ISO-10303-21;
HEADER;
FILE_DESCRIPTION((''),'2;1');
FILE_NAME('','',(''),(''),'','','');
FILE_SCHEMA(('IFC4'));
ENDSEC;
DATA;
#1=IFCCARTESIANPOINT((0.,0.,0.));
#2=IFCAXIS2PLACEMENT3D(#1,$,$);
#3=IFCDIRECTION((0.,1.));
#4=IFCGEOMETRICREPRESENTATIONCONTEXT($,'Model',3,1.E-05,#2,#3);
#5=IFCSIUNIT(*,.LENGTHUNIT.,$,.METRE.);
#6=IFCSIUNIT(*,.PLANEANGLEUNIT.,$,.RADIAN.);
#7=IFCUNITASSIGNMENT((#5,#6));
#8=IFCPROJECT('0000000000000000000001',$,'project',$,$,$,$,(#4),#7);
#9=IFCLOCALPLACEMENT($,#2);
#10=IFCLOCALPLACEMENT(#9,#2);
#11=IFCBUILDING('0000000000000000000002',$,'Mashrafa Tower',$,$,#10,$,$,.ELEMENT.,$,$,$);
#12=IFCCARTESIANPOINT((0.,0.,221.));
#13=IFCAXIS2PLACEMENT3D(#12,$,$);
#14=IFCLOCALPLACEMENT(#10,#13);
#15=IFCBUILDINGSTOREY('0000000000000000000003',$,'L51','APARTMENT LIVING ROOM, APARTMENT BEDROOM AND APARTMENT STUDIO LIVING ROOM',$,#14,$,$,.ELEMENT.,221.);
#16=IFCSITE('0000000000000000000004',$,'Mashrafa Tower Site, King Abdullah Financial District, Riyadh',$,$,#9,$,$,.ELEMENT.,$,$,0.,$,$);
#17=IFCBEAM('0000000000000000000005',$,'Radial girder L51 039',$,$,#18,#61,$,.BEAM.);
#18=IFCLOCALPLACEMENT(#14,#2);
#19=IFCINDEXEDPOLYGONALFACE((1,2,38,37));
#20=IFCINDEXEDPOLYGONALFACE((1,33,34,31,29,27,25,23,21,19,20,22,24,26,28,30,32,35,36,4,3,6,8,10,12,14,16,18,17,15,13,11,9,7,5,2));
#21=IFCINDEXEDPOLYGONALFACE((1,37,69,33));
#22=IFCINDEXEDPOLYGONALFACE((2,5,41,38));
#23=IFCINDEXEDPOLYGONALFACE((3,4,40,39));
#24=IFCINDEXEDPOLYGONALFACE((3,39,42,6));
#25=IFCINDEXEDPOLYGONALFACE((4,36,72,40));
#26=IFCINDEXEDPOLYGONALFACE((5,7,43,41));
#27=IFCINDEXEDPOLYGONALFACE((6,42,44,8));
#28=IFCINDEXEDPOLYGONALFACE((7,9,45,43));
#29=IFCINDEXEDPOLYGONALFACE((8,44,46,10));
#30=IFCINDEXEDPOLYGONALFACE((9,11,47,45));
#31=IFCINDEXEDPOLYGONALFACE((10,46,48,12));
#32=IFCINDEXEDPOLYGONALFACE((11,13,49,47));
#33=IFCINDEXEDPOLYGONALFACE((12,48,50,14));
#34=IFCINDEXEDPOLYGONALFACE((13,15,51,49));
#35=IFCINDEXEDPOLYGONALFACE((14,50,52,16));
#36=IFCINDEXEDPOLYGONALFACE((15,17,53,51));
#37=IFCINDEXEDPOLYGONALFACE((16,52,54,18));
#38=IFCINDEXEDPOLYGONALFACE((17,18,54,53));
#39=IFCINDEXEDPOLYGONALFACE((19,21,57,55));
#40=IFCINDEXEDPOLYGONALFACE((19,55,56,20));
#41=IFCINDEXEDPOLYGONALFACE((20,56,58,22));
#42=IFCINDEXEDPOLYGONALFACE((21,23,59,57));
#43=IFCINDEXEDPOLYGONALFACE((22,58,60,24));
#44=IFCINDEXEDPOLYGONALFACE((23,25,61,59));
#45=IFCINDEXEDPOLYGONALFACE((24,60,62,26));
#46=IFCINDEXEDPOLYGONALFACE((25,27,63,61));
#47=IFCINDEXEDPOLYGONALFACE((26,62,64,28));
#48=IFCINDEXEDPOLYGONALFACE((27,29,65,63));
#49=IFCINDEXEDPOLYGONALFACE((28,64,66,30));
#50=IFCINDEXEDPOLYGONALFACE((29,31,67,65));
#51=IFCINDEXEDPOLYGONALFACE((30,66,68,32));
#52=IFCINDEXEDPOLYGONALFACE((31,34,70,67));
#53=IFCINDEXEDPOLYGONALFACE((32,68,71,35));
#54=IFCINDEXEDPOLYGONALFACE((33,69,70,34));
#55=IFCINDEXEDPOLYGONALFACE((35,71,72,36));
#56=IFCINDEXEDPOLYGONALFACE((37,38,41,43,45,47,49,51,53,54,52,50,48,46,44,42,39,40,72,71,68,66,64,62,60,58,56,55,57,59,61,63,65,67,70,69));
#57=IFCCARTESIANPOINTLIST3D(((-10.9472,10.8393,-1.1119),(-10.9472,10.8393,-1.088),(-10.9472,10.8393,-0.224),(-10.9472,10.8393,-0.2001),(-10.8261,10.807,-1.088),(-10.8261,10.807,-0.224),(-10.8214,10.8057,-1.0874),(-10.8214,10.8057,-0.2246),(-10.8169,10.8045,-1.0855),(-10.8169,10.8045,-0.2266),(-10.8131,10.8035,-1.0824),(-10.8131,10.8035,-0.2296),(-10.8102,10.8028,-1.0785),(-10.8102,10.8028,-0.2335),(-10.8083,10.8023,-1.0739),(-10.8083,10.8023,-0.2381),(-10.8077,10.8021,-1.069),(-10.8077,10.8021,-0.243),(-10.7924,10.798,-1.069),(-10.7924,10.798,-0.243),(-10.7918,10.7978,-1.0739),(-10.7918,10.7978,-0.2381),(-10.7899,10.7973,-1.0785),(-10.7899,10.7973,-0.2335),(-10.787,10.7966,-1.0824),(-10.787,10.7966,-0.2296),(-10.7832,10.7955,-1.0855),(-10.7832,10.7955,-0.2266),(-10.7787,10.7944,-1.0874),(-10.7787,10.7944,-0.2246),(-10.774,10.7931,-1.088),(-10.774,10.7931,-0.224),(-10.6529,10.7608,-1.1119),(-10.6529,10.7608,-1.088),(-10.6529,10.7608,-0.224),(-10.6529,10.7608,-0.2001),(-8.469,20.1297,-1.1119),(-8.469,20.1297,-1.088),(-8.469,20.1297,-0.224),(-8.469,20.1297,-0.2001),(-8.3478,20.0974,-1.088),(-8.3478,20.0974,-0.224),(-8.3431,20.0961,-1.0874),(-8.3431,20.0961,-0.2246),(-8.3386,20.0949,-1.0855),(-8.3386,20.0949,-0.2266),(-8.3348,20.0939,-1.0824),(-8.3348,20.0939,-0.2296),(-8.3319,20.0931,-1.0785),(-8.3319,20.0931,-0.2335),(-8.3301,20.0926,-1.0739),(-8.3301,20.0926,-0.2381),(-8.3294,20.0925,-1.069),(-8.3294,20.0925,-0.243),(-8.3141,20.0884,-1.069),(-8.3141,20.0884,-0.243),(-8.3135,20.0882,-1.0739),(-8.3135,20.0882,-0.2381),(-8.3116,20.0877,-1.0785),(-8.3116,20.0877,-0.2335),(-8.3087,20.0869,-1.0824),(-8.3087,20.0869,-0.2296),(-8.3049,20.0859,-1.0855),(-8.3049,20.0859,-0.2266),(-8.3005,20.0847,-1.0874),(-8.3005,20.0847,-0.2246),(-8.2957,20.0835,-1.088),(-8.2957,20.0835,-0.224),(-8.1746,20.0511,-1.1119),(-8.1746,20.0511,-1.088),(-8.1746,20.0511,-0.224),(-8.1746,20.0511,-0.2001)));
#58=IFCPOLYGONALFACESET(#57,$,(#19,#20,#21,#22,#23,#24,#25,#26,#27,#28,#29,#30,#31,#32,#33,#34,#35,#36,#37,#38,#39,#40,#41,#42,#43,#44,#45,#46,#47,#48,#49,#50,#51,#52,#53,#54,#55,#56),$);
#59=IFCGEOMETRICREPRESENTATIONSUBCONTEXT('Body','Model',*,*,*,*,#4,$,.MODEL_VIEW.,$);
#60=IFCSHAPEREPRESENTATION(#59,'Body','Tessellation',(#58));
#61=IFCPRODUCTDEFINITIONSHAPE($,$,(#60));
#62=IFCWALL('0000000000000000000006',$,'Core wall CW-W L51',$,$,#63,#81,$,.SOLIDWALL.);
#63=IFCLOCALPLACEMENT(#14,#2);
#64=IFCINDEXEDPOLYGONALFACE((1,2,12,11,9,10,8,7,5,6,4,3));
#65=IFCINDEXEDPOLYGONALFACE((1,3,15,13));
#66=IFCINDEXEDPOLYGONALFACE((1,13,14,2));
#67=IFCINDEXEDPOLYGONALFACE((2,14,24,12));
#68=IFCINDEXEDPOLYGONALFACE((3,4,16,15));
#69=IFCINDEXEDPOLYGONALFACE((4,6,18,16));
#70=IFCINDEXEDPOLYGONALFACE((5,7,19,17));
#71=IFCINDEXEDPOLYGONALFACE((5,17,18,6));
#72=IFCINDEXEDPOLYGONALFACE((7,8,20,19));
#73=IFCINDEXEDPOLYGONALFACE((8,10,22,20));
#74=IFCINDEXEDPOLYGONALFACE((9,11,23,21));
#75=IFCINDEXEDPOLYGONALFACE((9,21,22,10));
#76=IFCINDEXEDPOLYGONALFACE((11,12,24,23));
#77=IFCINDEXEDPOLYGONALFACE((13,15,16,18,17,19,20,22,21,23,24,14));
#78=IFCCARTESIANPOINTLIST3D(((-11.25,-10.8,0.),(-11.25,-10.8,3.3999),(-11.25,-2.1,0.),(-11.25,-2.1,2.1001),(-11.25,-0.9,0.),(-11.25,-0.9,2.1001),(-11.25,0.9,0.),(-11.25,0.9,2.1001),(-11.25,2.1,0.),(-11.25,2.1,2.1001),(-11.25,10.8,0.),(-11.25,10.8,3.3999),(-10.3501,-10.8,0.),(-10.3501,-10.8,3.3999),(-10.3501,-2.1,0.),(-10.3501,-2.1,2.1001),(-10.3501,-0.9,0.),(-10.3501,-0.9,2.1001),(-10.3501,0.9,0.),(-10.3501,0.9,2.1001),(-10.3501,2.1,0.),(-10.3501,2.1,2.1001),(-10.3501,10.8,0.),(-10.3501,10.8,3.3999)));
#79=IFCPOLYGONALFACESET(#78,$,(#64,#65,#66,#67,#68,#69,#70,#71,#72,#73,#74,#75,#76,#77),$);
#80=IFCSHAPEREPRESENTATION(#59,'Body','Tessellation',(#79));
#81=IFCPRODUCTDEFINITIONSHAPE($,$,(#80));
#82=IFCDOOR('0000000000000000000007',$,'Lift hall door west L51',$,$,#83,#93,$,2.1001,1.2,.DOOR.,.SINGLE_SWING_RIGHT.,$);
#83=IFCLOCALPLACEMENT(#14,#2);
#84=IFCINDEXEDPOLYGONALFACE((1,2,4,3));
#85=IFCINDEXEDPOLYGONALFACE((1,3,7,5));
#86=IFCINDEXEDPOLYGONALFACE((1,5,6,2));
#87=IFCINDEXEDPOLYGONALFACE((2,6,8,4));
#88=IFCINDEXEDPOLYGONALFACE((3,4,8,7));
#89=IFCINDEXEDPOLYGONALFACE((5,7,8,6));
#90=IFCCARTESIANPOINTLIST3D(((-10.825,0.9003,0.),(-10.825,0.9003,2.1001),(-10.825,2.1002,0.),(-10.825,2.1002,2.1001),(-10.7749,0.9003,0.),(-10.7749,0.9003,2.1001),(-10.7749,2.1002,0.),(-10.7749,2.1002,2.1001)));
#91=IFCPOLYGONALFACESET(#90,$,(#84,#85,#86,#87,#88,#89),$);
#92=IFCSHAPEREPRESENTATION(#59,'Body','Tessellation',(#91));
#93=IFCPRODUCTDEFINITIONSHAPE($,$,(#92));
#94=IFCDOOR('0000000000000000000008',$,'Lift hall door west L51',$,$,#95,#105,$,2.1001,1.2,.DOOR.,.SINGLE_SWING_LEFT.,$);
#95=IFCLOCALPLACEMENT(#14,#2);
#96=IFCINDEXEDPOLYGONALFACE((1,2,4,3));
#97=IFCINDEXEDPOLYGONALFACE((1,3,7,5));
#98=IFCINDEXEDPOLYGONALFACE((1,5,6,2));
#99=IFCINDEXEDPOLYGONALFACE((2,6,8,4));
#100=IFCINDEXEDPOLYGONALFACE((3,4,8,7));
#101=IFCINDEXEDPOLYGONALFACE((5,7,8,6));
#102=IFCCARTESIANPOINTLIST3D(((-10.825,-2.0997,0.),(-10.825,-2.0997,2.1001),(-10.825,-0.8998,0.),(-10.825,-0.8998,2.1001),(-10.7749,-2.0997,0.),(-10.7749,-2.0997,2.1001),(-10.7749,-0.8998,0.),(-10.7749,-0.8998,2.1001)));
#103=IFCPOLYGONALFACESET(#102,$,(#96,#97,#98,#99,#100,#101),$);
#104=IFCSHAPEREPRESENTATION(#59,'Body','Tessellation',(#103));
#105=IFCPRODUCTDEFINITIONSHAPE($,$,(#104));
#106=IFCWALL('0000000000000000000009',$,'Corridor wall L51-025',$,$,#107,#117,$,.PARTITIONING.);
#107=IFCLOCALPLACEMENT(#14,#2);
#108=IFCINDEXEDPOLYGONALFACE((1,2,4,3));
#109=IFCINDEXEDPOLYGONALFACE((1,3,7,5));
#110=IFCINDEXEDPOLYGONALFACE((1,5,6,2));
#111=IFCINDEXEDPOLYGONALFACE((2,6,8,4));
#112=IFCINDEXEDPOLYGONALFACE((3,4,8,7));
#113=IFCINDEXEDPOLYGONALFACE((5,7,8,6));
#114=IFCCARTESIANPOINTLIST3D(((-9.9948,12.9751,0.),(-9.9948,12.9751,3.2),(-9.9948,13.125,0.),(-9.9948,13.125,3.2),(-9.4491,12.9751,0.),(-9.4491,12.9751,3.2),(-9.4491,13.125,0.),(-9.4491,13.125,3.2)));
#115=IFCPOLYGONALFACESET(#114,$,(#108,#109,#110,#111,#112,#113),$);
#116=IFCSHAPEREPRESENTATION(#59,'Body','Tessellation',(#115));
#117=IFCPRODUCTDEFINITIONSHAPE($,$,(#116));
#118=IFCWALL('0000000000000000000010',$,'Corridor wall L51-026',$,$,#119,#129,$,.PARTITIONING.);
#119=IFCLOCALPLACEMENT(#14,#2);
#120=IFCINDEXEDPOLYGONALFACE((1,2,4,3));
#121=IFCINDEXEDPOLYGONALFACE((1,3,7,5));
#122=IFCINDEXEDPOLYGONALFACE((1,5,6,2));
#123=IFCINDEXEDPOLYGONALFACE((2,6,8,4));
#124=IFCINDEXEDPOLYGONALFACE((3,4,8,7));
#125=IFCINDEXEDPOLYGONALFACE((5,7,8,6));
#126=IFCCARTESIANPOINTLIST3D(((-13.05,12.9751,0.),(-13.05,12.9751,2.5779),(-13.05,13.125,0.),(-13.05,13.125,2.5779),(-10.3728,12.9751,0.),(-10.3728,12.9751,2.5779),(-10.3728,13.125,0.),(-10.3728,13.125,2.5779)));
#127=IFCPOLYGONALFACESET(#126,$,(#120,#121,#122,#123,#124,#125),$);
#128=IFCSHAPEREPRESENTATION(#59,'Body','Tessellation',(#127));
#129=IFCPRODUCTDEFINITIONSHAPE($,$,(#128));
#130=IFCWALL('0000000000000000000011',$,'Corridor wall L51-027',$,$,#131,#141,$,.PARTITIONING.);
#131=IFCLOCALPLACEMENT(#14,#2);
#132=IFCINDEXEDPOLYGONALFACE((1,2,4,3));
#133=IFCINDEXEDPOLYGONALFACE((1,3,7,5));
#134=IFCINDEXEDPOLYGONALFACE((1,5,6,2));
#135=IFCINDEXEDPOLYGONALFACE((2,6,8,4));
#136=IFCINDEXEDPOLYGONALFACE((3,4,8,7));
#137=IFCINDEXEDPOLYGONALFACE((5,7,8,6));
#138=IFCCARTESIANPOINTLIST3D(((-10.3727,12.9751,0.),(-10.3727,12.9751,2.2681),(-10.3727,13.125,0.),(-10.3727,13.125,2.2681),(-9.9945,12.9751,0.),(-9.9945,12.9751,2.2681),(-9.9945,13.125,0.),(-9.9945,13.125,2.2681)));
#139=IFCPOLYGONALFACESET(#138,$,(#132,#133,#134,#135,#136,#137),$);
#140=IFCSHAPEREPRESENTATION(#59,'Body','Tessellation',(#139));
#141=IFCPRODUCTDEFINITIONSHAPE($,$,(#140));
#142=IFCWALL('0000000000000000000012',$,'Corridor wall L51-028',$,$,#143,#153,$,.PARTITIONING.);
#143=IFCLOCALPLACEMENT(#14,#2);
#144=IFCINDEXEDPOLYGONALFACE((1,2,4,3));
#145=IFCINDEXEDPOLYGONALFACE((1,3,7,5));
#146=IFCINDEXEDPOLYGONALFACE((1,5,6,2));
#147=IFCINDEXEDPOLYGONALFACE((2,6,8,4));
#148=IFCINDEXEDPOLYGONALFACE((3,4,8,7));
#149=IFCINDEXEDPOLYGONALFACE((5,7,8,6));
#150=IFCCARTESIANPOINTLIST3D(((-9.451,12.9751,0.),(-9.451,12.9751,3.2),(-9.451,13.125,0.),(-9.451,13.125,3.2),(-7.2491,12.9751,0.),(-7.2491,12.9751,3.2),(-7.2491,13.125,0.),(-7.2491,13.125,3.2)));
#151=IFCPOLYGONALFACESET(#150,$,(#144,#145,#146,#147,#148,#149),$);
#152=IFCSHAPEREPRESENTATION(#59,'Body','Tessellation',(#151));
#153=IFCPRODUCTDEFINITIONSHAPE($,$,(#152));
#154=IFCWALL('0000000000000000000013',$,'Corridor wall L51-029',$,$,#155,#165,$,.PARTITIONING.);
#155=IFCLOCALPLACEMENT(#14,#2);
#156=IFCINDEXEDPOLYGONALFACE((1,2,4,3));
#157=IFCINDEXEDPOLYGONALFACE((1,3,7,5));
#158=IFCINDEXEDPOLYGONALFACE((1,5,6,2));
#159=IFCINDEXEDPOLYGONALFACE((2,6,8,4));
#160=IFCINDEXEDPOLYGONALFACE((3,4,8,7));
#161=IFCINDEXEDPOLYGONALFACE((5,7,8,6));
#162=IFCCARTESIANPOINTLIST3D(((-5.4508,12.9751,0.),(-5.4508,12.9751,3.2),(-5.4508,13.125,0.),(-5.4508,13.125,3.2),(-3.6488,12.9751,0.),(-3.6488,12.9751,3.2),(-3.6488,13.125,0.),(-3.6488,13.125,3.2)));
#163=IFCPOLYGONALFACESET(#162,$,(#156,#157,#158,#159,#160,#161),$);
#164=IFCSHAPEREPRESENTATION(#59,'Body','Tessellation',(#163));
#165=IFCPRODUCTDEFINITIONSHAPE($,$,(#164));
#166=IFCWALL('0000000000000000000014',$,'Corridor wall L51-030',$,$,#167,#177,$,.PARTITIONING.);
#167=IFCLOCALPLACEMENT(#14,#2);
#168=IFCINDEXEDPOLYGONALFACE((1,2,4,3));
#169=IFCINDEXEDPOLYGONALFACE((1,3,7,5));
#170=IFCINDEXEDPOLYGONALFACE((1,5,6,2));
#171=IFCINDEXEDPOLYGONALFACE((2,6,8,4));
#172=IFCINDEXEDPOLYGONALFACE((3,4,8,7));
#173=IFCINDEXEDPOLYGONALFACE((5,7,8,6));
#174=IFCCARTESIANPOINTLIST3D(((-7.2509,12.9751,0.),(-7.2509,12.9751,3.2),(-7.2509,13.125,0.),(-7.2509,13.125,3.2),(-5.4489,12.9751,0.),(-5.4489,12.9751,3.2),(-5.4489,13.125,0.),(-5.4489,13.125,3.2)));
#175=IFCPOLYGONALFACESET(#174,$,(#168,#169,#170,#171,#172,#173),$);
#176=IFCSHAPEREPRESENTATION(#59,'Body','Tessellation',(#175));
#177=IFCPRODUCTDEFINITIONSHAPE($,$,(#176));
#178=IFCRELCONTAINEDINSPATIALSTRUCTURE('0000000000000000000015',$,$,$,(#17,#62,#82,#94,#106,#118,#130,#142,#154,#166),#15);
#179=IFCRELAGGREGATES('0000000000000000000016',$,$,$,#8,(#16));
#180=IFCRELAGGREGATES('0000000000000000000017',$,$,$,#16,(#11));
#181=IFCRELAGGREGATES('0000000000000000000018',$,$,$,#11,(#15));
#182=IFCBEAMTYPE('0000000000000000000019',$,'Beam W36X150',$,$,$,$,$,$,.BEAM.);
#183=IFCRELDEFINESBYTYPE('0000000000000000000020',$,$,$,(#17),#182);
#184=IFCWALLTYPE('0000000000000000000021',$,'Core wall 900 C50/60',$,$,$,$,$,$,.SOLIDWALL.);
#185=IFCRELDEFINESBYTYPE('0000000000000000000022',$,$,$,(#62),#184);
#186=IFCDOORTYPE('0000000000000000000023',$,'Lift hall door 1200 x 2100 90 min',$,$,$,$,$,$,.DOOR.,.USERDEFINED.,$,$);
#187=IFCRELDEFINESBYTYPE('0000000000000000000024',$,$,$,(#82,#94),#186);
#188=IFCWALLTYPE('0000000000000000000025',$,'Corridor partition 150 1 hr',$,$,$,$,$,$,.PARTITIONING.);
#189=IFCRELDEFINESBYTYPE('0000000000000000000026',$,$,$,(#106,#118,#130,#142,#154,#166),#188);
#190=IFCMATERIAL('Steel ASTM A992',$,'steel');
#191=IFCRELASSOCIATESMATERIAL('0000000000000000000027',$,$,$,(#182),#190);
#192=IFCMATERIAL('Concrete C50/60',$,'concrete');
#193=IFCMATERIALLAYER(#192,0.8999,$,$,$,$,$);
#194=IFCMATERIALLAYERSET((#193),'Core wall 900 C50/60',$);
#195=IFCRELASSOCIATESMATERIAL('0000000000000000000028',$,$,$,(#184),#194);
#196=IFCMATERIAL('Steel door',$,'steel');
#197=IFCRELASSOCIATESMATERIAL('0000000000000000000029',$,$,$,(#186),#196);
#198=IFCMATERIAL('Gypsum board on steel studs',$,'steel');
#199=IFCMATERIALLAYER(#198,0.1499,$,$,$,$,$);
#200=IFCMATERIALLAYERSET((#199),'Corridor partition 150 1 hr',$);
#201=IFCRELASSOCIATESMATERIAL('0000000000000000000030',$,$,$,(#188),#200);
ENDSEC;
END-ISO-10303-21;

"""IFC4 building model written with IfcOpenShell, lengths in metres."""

from ifc_helpers import new_model, si_unit, direction, frame, frame_2d, origin, origin_2d, place, context, subcontext, project, spatial, rectangle, i_section, extrude, material, layer, layer_set, material_profile, profile_set, type_object, element, fill, save


model = new_model("IFC4")

# Units and contexts
model_context = context("Model", 3, precision=1e-05, world=origin(), true_north=direction((0.0, 1.0)))
body_context = subcontext(model_context, "Body", "Model", "MODEL_VIEW")
ifc_project = project(units=[si_unit("LENGTHUNIT", "METRE"), si_unit("PLANEANGLEUNIT", "RADIAN")], contexts=[model_context])

# Site, building, storey
site_placement = place(None, origin())
site = spatial("IfcSite", under=ifc_project, at=site_placement, Name="Mashrafa Tower Site, King Abdullah Financial District, Riyadh", CompositionType="ELEMENT", RefElevation=0.0)
building_placement = place(site_placement, origin())
building = spatial("IfcBuilding", under=site, at=building_placement, Name="Mashrafa Tower", CompositionType="ELEMENT")
storey_placement = place(building_placement, frame((0.0, 0.0, 221.0)))
storey = spatial("IfcBuildingStorey", under=building, at=storey_placement, Name="L51", Description="APARTMENT LIVING ROOM, APARTMENT BEDROOM AND APARTMENT STUDIO LIVING ROOM", CompositionType="ELEMENT", Elevation=221.0)

# Beam
ifc_material_1 = material(Name="Steel ASTM A992", Category="steel")
ifc_material_profile_1 = material_profile(ifc_material_1, i_section(OverallWidth=0.3047, OverallDepth=0.9119, WebThickness=0.0159, FlangeThickness=0.0239, FilletRadius=0.019, at=origin_2d()), Name="W36X150")
ifc_profile_set_1 = profile_set([ifc_material_profile_1], Name="Steel ASTM A992")
beam_type_1 = type_object("IfcBeamType", Name="Beam W36X150", PredefinedType="BEAM", material=ifc_profile_set_1)
for number, where, z_axis, x_axis, name in (
    (1, (-10.8, 10.8, -0.656), (0.257746, 0.966213, 0.0), (-0.966213, 0.257746, 0.0), "Radial girder L51 039"),
):
    element("IfcBeam", number, at=place(storey_placement, frame(where, z_axis=z_axis, x_axis=x_axis)), inside=storey, type_object=beam_type_1, Name=name, PredefinedType="BEAM", context=body_context, shape_type="SweptSolid", body=[
        extrude(i_section(OverallWidth=0.3047, OverallDepth=0.9119, WebThickness=0.0159, FlangeThickness=0.0239, FilletRadius=0.019, at=origin_2d()), origin(), (0.0, 0.0, 1.0), 9.6152),
    ])

# Wall, openings, doors
ifc_material_2 = material(Name="Concrete C50/60", Category="concrete")
ifc_layer_1 = layer(ifc_material_2, 0.8999)
ifc_layer_set_1 = layer_set([ifc_layer_1], Name="Core wall 900 C50/60")
wall_type_1 = type_object("IfcWallType", Name="Core wall 900 C50/60", PredefinedType="SOLIDWALL", material=ifc_layer_set_1)
wall_1_placement = place(storey_placement, frame((-10.8, 10.8, 0.0), z_axis=(0.0, 0.0, 1.0), x_axis=(0.0, -1.0, 0.0)))
wall_1 = element("IfcWall", 2, at=wall_1_placement, inside=storey, type_object=wall_type_1, Name="Core wall CW-W L51", PredefinedType="SOLIDWALL", context=body_context, shape_type="SweptSolid", body=[
    extrude(rectangle(XDim=21.6001, YDim=0.8999, at=frame_2d((10.8, 0.0))), origin(), (0.0, 0.0, 1.0), 3.3999),
])
opening_1_placement = place(wall_1_placement, frame((8.7, 0.0, 0.0)))
opening_1 = element("IfcOpeningElement", 3, at=opening_1_placement, cuts=wall_1, PredefinedType="OPENING", context=body_context, shape_type="SweptSolid", body=[
    extrude(rectangle(XDim=1.2, YDim=2.1001, at=frame_2d((0.6001, 1.05))), frame((0.0, 0.46, 0.0), z_axis=(0.0, -1.0, 0.0), x_axis=(1.0, 0.0, 0.0)), (0.0, 0.0, 1.0), 0.9199),
])
opening_2_placement = place(wall_1_placement, frame((11.7, 0.0, 0.0)))
opening_2 = element("IfcOpeningElement", 4, at=opening_2_placement, cuts=wall_1, PredefinedType="OPENING", context=body_context, shape_type="SweptSolid", body=[
    extrude(rectangle(XDim=1.2, YDim=2.1001, at=frame_2d((0.6001, 1.05))), frame((0.0, 0.46, 0.0), z_axis=(0.0, -1.0, 0.0), x_axis=(1.0, 0.0, 0.0)), (0.0, 0.0, 1.0), 0.9199),
])
ifc_material_3 = material(Name="Steel door", Category="steel")
door_type_1 = type_object("IfcDoorType", Name="Lift hall door 1200 x 2100 90 min", OperationType="USERDEFINED", PredefinedType="DOOR", material=ifc_material_3)
door_1_placement = place(opening_1_placement, frame((1.2, 0.0, 0.0), z_axis=(0.0, 0.0, 1.0), x_axis=(-1.0, 0.0, 0.0)))
door_1 = element("IfcDoor", 5, at=door_1_placement, inside=storey, type_object=door_type_1, Name="Lift hall door west L51", OperationType="SINGLE_SWING_RIGHT", OverallHeight=2.1001, OverallWidth=1.2, PredefinedType="DOOR", context=body_context, shape_type="SweptSolid", body=[
    extrude(rectangle(XDim=1.2, YDim=2.1001, at=frame_2d((0.6001, 1.05))), frame((0.0, 0.0249, 0.0), z_axis=(0.0, -1.0, 0.0), x_axis=(1.0, 0.0, 0.0)), (0.0, 0.0, 1.0), 0.05),
])
fill(opening_1, door_1)
door_2_placement = place(opening_2_placement, frame((1.2, 0.0, 0.0), z_axis=(0.0, 0.0, 1.0), x_axis=(-1.0, 0.0, 0.0)))
door_2 = element("IfcDoor", 6, at=door_2_placement, inside=storey, type_object=door_type_1, Name="Lift hall door west L51", OperationType="SINGLE_SWING_LEFT", OverallHeight=2.1001, OverallWidth=1.2, PredefinedType="DOOR", context=body_context, shape_type="SweptSolid", body=[
    extrude(rectangle(XDim=1.2, YDim=2.1001, at=frame_2d((0.6001, 1.05))), frame((0.0, 0.0249, 0.0), z_axis=(0.0, -1.0, 0.0), x_axis=(1.0, 0.0, 0.0)), (0.0, 0.0, 1.0), 0.05),
])
fill(opening_2, door_2)

# Walls
ifc_material_4 = material(Name="Gypsum board on steel studs", Category="steel")
ifc_layer_2 = layer(ifc_material_4, 0.1499)
ifc_layer_set_2 = layer_set([ifc_layer_2], Name="Corridor partition 150 1 hr")
wall_type_2 = type_object("IfcWallType", Name="Corridor partition 150 1 hr", PredefinedType="PARTITIONING", material=ifc_layer_set_2)
wall_2_placement = place(storey_placement, frame((-9.449, 13.05, 0.0), z_axis=(0.0, 0.0, 1.0), x_axis=(-1.0, 0.0, 0.0)))
element("IfcWall", 7, at=wall_2_placement, inside=storey, type_object=wall_type_2, Name="Corridor wall L51-025", PredefinedType="PARTITIONING", context=body_context, shape_type="SweptSolid", body=[
    extrude(rectangle(XDim=0.5457, YDim=0.1499, at=frame_2d((0.2729, 0.0))), origin(), (0.0, 0.0, 1.0), 3.2),
])
wall_3_placement = place(storey_placement, frame((-10.3728, 13.05, 0.0), z_axis=(0.0, 0.0, 1.0), x_axis=(-1.0, 0.0, 0.0)))
element("IfcWall", 8, at=wall_3_placement, inside=storey, type_object=wall_type_2, Name="Corridor wall L51-026", PredefinedType="PARTITIONING", context=body_context, shape_type="SweptSolid", body=[
    extrude(rectangle(XDim=2.6772, YDim=0.1499, at=frame_2d((1.3386, 0.0))), origin(), (0.0, 0.0, 1.0), 2.5779),
])
wall_4_placement = place(storey_placement, frame((-9.9946, 13.05, 0.0), z_axis=(0.0, 0.0, 1.0), x_axis=(-1.0, 0.0, 0.0)))
element("IfcWall", 9, at=wall_4_placement, inside=storey, type_object=wall_type_2, Name="Corridor wall L51-027", PredefinedType="PARTITIONING", context=body_context, shape_type="SweptSolid", body=[
    extrude(rectangle(XDim=0.3782, YDim=0.1499, at=frame_2d((0.189, 0.0))), origin(), (0.0, 0.0, 1.0), 2.2681),
])
wall_5_placement = place(storey_placement, frame((-7.249, 13.05, 0.0), z_axis=(0.0, 0.0, 1.0), x_axis=(-1.0, 0.0, 0.0)))
element("IfcWall", 10, at=wall_5_placement, inside=storey, type_object=wall_type_2, Name="Corridor wall L51-028", PredefinedType="PARTITIONING", context=body_context, shape_type="SweptSolid", body=[
    extrude(rectangle(XDim=2.2019, YDim=0.1499, at=frame_2d((1.1011, 0.0))), origin(), (0.0, 0.0, 1.0), 3.2),
])
for number, where, z_axis, x_axis, name in (
    (11, (-3.6489, 13.05, 0.0), (0.0, 0.0, 1.0), (-1.0, 0.0, 0.0), "Corridor wall L51-029"),
    (12, (-5.449, 13.05, 0.0), (0.0, 0.0, 1.0), (-1.0, 0.0, 0.0), "Corridor wall L51-030"),
):
    element("IfcWall", number, at=place(storey_placement, frame(where, z_axis=z_axis, x_axis=x_axis)), inside=storey, type_object=wall_type_2, Name=name, PredefinedType="PARTITIONING", context=body_context, shape_type="SweptSolid", body=[
        extrude(rectangle(XDim=1.802, YDim=0.1499, at=frame_2d((0.9009, 0.0))), origin(), (0.0, 0.0, 1.0), 3.2),
    ])

save(model, "model.ifc")
